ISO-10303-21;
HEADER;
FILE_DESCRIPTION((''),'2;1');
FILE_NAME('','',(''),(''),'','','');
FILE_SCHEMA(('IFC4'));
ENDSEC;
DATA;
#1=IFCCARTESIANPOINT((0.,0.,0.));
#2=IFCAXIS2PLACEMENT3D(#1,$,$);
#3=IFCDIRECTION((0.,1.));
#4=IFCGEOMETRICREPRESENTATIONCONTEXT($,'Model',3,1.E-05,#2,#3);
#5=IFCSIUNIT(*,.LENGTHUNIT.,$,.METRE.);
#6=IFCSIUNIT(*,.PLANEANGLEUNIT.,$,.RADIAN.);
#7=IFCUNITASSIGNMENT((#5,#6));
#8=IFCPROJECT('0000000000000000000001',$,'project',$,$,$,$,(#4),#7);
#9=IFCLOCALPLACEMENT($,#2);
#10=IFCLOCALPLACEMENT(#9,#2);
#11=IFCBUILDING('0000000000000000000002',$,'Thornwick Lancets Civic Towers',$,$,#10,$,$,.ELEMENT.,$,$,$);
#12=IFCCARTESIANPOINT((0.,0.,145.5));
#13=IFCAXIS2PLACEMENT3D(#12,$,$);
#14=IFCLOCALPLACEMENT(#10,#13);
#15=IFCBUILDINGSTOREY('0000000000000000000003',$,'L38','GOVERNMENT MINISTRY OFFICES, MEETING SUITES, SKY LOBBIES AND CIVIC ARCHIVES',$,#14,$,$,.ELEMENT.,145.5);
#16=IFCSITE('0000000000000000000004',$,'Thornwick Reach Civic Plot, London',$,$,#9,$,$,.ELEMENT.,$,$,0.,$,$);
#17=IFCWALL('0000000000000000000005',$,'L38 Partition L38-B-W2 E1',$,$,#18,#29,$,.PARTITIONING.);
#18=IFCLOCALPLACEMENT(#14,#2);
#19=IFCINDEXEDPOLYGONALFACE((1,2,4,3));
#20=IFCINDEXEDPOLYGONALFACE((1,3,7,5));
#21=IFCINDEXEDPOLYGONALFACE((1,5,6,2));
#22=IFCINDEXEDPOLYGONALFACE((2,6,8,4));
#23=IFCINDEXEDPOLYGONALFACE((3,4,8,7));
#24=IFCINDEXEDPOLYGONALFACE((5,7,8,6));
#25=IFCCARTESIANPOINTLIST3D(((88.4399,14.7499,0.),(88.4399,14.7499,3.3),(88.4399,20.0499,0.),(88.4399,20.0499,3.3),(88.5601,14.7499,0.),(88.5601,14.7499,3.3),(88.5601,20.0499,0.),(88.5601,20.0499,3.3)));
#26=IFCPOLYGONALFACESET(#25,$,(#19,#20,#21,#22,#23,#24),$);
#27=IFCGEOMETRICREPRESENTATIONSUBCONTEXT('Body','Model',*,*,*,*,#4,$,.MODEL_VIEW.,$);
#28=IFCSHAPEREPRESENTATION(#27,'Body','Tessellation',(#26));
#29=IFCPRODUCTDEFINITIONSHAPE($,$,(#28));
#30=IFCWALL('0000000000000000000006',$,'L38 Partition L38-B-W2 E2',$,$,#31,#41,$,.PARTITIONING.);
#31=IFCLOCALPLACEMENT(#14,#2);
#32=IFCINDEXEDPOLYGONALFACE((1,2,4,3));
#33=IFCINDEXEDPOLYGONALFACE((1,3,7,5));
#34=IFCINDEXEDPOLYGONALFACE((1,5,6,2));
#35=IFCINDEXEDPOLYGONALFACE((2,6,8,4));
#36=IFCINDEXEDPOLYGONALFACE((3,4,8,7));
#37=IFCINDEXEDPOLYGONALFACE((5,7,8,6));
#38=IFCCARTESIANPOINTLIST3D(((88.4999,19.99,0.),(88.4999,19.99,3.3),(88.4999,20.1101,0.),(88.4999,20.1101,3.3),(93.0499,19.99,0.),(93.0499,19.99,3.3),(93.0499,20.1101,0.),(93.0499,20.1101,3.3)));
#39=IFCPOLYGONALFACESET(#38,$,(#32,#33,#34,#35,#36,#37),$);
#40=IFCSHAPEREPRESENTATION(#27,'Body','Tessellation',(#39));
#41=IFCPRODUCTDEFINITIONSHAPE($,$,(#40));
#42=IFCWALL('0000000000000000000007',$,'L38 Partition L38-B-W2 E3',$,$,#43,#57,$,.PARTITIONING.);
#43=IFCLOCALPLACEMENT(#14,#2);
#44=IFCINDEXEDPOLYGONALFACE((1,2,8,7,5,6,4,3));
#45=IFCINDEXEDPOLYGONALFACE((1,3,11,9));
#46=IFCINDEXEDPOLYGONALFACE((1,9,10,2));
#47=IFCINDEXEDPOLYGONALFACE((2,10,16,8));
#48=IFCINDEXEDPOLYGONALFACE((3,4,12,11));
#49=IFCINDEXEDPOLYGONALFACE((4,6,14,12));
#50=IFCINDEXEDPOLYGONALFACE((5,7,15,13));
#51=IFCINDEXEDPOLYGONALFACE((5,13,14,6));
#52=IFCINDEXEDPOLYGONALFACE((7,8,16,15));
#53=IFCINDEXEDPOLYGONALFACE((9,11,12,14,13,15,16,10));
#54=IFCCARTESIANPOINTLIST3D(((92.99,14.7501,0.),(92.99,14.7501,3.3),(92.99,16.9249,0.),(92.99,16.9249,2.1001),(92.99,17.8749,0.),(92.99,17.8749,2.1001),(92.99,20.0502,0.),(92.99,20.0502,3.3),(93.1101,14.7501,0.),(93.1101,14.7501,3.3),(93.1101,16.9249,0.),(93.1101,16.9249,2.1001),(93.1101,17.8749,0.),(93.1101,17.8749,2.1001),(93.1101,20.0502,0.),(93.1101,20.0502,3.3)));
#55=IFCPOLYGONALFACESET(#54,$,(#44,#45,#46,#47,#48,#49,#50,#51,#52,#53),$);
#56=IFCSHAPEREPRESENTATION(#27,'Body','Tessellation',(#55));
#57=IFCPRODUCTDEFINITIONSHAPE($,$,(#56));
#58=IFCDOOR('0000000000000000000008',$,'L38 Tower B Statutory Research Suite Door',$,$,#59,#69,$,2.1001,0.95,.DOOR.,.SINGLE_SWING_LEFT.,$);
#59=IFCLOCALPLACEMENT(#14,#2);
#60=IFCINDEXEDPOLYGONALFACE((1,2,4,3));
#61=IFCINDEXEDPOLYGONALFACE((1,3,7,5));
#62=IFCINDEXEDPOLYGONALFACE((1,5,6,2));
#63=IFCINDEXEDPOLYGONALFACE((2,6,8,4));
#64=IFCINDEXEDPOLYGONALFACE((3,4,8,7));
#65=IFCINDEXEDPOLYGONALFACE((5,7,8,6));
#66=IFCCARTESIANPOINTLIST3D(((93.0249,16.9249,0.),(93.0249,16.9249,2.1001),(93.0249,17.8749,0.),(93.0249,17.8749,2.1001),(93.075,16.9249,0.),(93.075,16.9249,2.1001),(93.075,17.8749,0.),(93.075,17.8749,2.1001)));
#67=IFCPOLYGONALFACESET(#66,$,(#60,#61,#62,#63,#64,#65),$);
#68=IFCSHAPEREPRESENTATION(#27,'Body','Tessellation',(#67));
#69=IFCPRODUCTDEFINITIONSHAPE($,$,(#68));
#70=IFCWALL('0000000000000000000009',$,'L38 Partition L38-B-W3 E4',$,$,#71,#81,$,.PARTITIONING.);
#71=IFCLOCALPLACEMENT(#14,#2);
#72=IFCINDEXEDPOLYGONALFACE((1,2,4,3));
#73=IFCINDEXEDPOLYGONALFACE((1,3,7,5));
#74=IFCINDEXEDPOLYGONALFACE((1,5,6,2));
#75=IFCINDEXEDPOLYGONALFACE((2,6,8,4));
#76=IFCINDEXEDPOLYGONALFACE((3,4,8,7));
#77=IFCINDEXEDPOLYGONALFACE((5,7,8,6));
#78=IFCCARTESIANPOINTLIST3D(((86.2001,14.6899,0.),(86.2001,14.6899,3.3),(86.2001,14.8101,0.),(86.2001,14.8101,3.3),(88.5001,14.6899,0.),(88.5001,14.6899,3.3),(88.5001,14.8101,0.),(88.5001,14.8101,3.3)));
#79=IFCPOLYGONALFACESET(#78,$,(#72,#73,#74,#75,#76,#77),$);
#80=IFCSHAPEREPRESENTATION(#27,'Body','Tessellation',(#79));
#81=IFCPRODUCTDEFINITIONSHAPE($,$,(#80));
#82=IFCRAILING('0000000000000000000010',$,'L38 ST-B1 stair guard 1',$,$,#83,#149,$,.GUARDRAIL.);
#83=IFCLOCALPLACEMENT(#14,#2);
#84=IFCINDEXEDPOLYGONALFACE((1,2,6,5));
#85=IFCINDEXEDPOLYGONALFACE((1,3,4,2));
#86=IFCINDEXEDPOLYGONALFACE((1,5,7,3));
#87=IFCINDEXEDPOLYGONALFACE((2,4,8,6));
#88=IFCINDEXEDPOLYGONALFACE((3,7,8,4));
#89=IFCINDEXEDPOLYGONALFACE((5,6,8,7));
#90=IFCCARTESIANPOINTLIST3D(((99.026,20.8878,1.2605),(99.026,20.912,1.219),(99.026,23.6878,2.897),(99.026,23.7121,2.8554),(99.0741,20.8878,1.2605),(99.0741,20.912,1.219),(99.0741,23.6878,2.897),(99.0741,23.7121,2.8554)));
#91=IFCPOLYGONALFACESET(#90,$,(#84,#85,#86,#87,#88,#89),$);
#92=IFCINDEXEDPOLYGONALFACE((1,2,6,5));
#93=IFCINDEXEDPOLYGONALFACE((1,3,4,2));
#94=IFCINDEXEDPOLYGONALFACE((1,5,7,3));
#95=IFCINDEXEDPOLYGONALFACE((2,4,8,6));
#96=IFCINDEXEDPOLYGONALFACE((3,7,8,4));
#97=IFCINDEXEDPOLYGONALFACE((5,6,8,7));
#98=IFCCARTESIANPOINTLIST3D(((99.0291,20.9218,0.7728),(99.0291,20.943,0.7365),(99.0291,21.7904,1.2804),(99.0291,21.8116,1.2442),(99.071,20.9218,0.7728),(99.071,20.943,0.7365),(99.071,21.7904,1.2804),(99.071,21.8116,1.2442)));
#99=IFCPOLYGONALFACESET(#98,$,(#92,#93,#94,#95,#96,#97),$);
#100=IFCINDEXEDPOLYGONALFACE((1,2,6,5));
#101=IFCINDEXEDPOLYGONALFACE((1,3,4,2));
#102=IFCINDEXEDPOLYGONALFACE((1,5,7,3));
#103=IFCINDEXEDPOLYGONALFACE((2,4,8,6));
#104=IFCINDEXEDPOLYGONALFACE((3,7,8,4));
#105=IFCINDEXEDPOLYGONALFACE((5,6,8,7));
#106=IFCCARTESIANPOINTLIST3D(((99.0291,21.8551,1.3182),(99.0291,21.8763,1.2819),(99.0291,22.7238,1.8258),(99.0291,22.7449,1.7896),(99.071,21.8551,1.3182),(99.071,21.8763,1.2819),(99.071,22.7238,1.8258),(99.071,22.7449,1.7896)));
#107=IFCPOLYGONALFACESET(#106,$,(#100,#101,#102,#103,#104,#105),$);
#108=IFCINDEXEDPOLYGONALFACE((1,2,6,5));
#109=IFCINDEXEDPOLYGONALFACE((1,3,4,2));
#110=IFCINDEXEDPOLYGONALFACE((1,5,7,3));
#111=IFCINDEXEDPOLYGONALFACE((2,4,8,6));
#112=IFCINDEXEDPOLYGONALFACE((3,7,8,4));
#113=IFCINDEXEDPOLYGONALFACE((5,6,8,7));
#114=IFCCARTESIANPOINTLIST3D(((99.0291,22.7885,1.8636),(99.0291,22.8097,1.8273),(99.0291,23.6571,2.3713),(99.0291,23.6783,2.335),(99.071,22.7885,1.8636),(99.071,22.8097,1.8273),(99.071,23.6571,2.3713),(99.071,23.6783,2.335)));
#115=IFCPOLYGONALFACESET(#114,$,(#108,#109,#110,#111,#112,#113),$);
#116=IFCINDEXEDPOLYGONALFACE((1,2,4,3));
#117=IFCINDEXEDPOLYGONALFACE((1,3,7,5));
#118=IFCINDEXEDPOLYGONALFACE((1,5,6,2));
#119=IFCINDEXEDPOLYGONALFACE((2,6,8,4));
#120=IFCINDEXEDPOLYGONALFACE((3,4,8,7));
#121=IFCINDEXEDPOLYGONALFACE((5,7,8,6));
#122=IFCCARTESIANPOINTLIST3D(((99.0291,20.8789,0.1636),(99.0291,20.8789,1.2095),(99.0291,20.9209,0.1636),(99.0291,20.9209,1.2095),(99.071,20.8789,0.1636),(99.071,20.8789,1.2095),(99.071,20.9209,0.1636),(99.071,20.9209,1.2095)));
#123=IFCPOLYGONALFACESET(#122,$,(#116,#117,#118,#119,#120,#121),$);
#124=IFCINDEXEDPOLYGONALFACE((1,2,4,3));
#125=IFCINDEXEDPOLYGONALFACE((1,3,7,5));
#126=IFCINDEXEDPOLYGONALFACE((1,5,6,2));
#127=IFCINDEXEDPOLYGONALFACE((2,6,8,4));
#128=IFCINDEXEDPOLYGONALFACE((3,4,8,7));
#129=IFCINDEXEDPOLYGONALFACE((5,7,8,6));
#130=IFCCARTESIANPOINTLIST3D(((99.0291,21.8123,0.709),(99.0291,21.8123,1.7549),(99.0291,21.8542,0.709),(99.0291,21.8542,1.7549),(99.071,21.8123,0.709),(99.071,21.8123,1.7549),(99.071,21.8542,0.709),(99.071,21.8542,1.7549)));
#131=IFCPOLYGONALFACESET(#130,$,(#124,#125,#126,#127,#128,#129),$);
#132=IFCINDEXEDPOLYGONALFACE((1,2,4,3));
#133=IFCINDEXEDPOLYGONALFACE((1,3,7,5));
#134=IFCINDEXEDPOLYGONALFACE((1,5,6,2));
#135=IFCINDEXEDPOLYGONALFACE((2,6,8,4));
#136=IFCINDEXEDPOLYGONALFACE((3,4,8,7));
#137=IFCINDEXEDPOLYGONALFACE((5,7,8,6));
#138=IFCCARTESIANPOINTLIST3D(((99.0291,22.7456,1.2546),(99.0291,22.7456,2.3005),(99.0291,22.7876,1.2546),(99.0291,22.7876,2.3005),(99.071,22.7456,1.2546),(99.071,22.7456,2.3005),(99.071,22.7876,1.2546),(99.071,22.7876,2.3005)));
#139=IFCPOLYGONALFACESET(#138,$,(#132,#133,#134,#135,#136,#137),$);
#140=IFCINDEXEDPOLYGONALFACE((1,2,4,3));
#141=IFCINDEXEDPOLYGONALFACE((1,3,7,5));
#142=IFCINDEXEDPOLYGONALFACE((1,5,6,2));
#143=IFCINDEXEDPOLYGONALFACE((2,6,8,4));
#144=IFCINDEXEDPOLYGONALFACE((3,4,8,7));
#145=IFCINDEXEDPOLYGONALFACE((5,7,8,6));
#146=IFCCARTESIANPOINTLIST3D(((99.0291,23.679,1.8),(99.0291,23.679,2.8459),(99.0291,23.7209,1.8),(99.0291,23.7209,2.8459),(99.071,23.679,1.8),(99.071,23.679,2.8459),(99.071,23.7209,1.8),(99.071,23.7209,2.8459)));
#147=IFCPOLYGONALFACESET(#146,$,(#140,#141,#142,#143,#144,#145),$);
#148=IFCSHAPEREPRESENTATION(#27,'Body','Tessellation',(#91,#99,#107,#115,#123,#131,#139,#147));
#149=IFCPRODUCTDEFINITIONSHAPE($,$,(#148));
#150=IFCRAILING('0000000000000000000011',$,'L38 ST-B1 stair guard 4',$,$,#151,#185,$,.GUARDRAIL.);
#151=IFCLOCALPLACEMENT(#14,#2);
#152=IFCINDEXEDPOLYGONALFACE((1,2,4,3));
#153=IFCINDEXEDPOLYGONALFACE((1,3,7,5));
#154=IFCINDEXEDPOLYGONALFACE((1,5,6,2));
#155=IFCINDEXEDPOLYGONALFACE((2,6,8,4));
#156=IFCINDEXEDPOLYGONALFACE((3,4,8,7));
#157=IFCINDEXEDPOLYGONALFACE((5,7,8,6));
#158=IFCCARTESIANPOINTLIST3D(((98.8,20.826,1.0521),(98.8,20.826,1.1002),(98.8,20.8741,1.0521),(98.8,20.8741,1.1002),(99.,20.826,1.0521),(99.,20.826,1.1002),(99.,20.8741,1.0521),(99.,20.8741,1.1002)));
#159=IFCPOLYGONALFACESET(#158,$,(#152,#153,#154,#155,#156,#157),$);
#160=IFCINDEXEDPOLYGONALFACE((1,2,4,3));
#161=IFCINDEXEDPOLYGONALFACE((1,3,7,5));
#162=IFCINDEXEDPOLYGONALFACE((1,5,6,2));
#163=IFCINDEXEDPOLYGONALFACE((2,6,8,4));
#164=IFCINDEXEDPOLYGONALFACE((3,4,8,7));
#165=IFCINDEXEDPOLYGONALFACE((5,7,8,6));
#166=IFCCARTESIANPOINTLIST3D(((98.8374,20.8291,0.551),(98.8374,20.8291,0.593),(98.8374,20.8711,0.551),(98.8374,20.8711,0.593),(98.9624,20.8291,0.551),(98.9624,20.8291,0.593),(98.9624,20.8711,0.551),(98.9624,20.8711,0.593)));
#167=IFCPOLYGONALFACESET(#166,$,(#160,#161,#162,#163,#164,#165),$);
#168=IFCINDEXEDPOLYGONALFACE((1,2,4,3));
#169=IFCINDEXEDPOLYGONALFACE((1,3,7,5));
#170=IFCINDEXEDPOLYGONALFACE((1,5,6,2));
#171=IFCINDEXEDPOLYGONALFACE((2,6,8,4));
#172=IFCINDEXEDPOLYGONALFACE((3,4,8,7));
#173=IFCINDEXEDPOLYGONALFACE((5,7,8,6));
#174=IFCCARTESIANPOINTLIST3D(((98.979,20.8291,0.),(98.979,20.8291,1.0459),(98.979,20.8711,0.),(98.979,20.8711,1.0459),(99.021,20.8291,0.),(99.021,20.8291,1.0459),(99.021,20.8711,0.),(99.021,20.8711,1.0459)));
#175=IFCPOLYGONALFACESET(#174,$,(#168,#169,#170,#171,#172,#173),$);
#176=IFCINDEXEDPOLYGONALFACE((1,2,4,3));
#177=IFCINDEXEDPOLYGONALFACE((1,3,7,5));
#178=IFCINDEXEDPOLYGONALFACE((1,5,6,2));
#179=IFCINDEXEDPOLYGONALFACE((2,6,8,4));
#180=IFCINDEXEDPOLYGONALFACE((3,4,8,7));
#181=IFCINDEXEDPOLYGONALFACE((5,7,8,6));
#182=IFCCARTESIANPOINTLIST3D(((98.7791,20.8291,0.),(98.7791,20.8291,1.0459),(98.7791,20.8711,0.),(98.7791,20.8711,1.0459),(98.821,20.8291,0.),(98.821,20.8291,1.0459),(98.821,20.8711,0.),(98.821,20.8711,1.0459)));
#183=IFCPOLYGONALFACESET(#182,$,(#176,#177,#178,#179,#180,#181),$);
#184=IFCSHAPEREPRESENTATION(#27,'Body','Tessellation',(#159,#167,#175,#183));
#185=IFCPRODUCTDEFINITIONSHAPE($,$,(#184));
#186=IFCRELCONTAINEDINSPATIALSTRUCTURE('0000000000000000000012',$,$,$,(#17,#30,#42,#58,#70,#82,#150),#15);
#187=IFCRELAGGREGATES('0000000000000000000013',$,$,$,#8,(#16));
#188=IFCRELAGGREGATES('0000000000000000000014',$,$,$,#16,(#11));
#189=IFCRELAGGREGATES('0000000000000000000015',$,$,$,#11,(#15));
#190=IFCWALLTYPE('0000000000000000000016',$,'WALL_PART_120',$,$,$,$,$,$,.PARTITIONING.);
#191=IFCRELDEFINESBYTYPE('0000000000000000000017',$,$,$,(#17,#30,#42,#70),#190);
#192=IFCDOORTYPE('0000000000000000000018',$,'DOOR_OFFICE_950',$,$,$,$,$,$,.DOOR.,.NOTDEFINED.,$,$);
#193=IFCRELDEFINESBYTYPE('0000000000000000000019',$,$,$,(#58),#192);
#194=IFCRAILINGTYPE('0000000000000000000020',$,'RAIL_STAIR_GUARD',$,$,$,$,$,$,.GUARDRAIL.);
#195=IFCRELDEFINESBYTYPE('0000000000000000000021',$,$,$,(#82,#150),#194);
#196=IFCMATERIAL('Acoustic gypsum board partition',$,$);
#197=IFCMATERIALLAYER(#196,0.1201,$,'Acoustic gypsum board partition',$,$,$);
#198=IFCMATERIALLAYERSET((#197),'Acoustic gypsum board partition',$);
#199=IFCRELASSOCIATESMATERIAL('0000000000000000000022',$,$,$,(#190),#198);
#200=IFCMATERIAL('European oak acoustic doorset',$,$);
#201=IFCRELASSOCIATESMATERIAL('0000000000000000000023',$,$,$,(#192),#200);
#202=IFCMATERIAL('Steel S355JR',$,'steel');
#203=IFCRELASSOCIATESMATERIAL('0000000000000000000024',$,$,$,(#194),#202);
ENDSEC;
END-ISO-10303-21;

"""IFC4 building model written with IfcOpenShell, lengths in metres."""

from ifc_helpers import new_model, si_unit, direction, frame, frame_2d, origin, origin_2d, place, context, subcontext, project, spatial, rectangle, extrude, material, layer, layer_set, type_object, element, fill, save


model = new_model("IFC4")

# Units and contexts
model_context = context("Model", 3, precision=1e-05, world=origin(), true_north=direction((0.0, 1.0)))
body_context = subcontext(model_context, "Body", "Model", "MODEL_VIEW")
ifc_project = project(units=[si_unit("LENGTHUNIT", "METRE"), si_unit("PLANEANGLEUNIT", "RADIAN")], contexts=[model_context])

# Site, building, storey
site_placement = place(None, origin())
site = spatial("IfcSite", under=ifc_project, at=site_placement, Name="Thornwick Reach Civic Plot, London", CompositionType="ELEMENT", RefElevation=0.0)
building_placement = place(site_placement, origin())
building = spatial("IfcBuilding", under=site, at=building_placement, Name="Thornwick Lancets Civic Towers", CompositionType="ELEMENT")
storey_placement = place(building_placement, frame((0.0, 0.0, 145.5)))
storey = spatial("IfcBuildingStorey", under=building, at=storey_placement, Name="L38", Description="GOVERNMENT MINISTRY OFFICES, MEETING SUITES, SKY LOBBIES AND CIVIC ARCHIVES", CompositionType="ELEMENT", Elevation=145.5)

# Shared definitions
ifc_material_1 = material(Name="Acoustic gypsum board partition")
ifc_layer_1 = layer(ifc_material_1, 0.1201, Name="Acoustic gypsum board partition")
ifc_layer_set_1 = layer_set([ifc_layer_1], Name="Acoustic gypsum board partition")
wall_type_1 = type_object("IfcWallType", Name="WALL_PART_120", PredefinedType="PARTITIONING", material=ifc_layer_set_1)

# Walls
wall_1_placement = place(storey_placement, frame((88.5, 14.75, 0.0), z_axis=(0.0, 0.0, 1.0), x_axis=(0.0, 1.0, 0.0)))
element("IfcWall", 1, at=wall_1_placement, inside=storey, type_object=wall_type_1, Name="L38 Partition L38-B-W2 E1", PredefinedType="PARTITIONING", context=body_context, shape_type="SweptSolid", body=[
    extrude(rectangle(XDim=5.3, YDim=0.1201, at=frame_2d((2.6499, 0.0))), origin(), (0.0, 0.0, 1.0), 3.3),
])
wall_2_placement = place(storey_placement, frame((88.5, 20.05, 0.0), z_axis=(0.0, 0.0, 1.0), x_axis=(1.0, 0.0, 0.0)))
element("IfcWall", 2, at=wall_2_placement, inside=storey, type_object=wall_type_1, Name="L38 Partition L38-B-W2 E2", PredefinedType="PARTITIONING", context=body_context, shape_type="SweptSolid", body=[
    extrude(rectangle(XDim=4.55, YDim=0.1201, at=frame_2d((2.2749, 0.0))), origin(), (0.0, 0.0, 1.0), 3.3),
])

# Wall, opening, door
wall_3_placement = place(storey_placement, frame((93.05, 20.05, 0.0), z_axis=(0.0, 0.0, 1.0), x_axis=(0.0, -1.0, 0.0)))
wall_3 = element("IfcWall", 3, at=wall_3_placement, inside=storey, type_object=wall_type_1, Name="L38 Partition L38-B-W2 E3", PredefinedType="PARTITIONING", context=body_context, shape_type="SweptSolid", body=[
    extrude(rectangle(XDim=5.3, YDim=0.1201, at=frame_2d((2.6499, 0.0))), origin(), (0.0, 0.0, 1.0), 3.3),
])
opening_1_placement = place(wall_3_placement, frame((2.175, 0.0, 0.0)))
opening_1 = element("IfcOpeningElement", 4, at=opening_1_placement, cuts=wall_3, PredefinedType="OPENING", context=body_context, shape_type="SweptSolid", body=[
    extrude(rectangle(XDim=0.95, YDim=2.1001, at=frame_2d((0.4751, 1.05))), frame((0.0, 0.0701, 0.0), z_axis=(0.0, -1.0, 0.0), x_axis=(1.0, 0.0, 0.0)), (0.0, 0.0, 1.0), 0.1401),
])
ifc_material_2 = material(Name="European oak acoustic doorset")
door_type_1 = type_object("IfcDoorType", Name="DOOR_OFFICE_950", OperationType="NOTDEFINED", PredefinedType="DOOR", material=ifc_material_2)
door_1_placement = place(opening_1_placement, origin())
door_1 = element("IfcDoor", 5, at=door_1_placement, inside=storey, type_object=door_type_1, Name="L38 Tower B Statutory Research Suite Door", OperationType="SINGLE_SWING_LEFT", OverallHeight=2.1001, OverallWidth=0.95, PredefinedType="DOOR", context=body_context, shape_type="SweptSolid", body=[
    extrude(rectangle(XDim=0.95, YDim=2.1001, at=frame_2d((0.4751, 1.05))), frame((0.0, 0.0249, 0.0), z_axis=(0.0, -1.0, 0.0), x_axis=(1.0, 0.0, 0.0)), (0.0, 0.0, 1.0), 0.05),
])
fill(opening_1, door_1)

# Wall
wall_4_placement = place(storey_placement, frame((88.5, 14.75, 0.0), z_axis=(0.0, 0.0, 1.0), x_axis=(-1.0, 0.0, 0.0)))
element("IfcWall", 6, at=wall_4_placement, inside=storey, type_object=wall_type_1, Name="L38 Partition L38-B-W3 E4", PredefinedType="PARTITIONING", context=body_context, shape_type="SweptSolid", body=[
    extrude(rectangle(XDim=2.3, YDim=0.1201, at=frame_2d((1.1499, 0.0))), origin(), (0.0, 0.0, 1.0), 3.3),
])

# Railings
ifc_material_3 = material(Name="Steel S355JR", Category="steel")
railing_type = type_object("IfcRailingType", Name="RAIL_STAIR_GUARD", PredefinedType="GUARDRAIL", material=ifc_material_3)
railing_1_placement = place(storey_placement, frame((99.05, 20.8999, 0.1636)))
element("IfcRailing", 7, at=railing_1_placement, inside=storey, type_object=railing_type, Name="L38 ST-B1 stair guard 1", PredefinedType="GUARDRAIL", context=body_context, shape_type="SweptSolid", body=[
    extrude(rectangle(XDim=0.0481, YDim=0.0481, at=origin_2d()), frame((0.0, 0.0, 1.0762), z_axis=(0.0, 0.863361, 0.504587), x_axis=(-1.0, 0.0, 0.0)), (0.0, 0.0, 1.0), 3.2432),
    extrude(rectangle(XDim=0.042, YDim=0.042, at=origin_2d()), frame((0.0, 0.0325, 0.5911), z_axis=(0.0, 0.863361, 0.504587), x_axis=(-1.0, 0.0, 0.0)), (0.0, 0.0, 1.0), 1.0061),
    extrude(rectangle(XDim=0.042, YDim=0.042, at=origin_2d()), frame((0.0, 0.9658, 1.1365), z_axis=(0.0, 0.863361, 0.504587), x_axis=(-1.0, 0.0, 0.0)), (0.0, 0.0, 1.0), 1.0061),
    extrude(rectangle(XDim=0.042, YDim=0.042, at=origin_2d()), frame((0.0, 1.8992, 1.6819), z_axis=(0.0, 0.863361, 0.504587), x_axis=(-1.0, 0.0, 0.0)), (0.0, 0.0, 1.0), 1.0061),
    extrude(rectangle(XDim=0.042, YDim=0.042, at=origin_2d()), origin(), (0.0, 0.0, 1.0), 1.0459),
    extrude(rectangle(XDim=0.042, YDim=0.042, at=origin_2d()), frame((0.0, 0.9333, 0.5454)), (0.0, 0.0, 1.0), 1.0459),
    extrude(rectangle(XDim=0.042, YDim=0.042, at=origin_2d()), frame((0.0, 1.8667, 1.0911)), (0.0, 0.0, 1.0), 1.0459),
    extrude(rectangle(XDim=0.042, YDim=0.042, at=origin_2d()), frame((0.0, 2.8, 1.6365)), (0.0, 0.0, 1.0), 1.0459),
])
railing_2_placement = place(storey_placement, frame((99.0, 20.8501, 0.0)))
element("IfcRailing", 8, at=railing_2_placement, inside=storey, type_object=railing_type, Name="L38 ST-B1 stair guard 4", PredefinedType="GUARDRAIL", context=body_context, shape_type="SweptSolid", body=[
    extrude(rectangle(XDim=0.0481, YDim=0.0481, at=origin_2d()), frame((0.0, 0.0, 1.0762), z_axis=(-1.0, 0.0, 0.0), x_axis=(0.0, -1.0, 0.0)), (0.0, 0.0, 1.0), 0.2),
    extrude(rectangle(XDim=0.042, YDim=0.042, at=origin_2d()), frame((-0.0376, 0.0, 0.572), z_axis=(-1.0, 0.0, 0.0), x_axis=(0.0, -1.0, 0.0)), (0.0, 0.0, 1.0), 0.125),
    extrude(rectangle(XDim=0.042, YDim=0.042, at=origin_2d()), origin(), (0.0, 0.0, 1.0), 1.0459),
    extrude(rectangle(XDim=0.042, YDim=0.042, at=origin_2d()), frame((-0.2, 0.0, 0.0)), (0.0, 0.0, 1.0), 1.0459),
])

save(model, "model.ifc")
